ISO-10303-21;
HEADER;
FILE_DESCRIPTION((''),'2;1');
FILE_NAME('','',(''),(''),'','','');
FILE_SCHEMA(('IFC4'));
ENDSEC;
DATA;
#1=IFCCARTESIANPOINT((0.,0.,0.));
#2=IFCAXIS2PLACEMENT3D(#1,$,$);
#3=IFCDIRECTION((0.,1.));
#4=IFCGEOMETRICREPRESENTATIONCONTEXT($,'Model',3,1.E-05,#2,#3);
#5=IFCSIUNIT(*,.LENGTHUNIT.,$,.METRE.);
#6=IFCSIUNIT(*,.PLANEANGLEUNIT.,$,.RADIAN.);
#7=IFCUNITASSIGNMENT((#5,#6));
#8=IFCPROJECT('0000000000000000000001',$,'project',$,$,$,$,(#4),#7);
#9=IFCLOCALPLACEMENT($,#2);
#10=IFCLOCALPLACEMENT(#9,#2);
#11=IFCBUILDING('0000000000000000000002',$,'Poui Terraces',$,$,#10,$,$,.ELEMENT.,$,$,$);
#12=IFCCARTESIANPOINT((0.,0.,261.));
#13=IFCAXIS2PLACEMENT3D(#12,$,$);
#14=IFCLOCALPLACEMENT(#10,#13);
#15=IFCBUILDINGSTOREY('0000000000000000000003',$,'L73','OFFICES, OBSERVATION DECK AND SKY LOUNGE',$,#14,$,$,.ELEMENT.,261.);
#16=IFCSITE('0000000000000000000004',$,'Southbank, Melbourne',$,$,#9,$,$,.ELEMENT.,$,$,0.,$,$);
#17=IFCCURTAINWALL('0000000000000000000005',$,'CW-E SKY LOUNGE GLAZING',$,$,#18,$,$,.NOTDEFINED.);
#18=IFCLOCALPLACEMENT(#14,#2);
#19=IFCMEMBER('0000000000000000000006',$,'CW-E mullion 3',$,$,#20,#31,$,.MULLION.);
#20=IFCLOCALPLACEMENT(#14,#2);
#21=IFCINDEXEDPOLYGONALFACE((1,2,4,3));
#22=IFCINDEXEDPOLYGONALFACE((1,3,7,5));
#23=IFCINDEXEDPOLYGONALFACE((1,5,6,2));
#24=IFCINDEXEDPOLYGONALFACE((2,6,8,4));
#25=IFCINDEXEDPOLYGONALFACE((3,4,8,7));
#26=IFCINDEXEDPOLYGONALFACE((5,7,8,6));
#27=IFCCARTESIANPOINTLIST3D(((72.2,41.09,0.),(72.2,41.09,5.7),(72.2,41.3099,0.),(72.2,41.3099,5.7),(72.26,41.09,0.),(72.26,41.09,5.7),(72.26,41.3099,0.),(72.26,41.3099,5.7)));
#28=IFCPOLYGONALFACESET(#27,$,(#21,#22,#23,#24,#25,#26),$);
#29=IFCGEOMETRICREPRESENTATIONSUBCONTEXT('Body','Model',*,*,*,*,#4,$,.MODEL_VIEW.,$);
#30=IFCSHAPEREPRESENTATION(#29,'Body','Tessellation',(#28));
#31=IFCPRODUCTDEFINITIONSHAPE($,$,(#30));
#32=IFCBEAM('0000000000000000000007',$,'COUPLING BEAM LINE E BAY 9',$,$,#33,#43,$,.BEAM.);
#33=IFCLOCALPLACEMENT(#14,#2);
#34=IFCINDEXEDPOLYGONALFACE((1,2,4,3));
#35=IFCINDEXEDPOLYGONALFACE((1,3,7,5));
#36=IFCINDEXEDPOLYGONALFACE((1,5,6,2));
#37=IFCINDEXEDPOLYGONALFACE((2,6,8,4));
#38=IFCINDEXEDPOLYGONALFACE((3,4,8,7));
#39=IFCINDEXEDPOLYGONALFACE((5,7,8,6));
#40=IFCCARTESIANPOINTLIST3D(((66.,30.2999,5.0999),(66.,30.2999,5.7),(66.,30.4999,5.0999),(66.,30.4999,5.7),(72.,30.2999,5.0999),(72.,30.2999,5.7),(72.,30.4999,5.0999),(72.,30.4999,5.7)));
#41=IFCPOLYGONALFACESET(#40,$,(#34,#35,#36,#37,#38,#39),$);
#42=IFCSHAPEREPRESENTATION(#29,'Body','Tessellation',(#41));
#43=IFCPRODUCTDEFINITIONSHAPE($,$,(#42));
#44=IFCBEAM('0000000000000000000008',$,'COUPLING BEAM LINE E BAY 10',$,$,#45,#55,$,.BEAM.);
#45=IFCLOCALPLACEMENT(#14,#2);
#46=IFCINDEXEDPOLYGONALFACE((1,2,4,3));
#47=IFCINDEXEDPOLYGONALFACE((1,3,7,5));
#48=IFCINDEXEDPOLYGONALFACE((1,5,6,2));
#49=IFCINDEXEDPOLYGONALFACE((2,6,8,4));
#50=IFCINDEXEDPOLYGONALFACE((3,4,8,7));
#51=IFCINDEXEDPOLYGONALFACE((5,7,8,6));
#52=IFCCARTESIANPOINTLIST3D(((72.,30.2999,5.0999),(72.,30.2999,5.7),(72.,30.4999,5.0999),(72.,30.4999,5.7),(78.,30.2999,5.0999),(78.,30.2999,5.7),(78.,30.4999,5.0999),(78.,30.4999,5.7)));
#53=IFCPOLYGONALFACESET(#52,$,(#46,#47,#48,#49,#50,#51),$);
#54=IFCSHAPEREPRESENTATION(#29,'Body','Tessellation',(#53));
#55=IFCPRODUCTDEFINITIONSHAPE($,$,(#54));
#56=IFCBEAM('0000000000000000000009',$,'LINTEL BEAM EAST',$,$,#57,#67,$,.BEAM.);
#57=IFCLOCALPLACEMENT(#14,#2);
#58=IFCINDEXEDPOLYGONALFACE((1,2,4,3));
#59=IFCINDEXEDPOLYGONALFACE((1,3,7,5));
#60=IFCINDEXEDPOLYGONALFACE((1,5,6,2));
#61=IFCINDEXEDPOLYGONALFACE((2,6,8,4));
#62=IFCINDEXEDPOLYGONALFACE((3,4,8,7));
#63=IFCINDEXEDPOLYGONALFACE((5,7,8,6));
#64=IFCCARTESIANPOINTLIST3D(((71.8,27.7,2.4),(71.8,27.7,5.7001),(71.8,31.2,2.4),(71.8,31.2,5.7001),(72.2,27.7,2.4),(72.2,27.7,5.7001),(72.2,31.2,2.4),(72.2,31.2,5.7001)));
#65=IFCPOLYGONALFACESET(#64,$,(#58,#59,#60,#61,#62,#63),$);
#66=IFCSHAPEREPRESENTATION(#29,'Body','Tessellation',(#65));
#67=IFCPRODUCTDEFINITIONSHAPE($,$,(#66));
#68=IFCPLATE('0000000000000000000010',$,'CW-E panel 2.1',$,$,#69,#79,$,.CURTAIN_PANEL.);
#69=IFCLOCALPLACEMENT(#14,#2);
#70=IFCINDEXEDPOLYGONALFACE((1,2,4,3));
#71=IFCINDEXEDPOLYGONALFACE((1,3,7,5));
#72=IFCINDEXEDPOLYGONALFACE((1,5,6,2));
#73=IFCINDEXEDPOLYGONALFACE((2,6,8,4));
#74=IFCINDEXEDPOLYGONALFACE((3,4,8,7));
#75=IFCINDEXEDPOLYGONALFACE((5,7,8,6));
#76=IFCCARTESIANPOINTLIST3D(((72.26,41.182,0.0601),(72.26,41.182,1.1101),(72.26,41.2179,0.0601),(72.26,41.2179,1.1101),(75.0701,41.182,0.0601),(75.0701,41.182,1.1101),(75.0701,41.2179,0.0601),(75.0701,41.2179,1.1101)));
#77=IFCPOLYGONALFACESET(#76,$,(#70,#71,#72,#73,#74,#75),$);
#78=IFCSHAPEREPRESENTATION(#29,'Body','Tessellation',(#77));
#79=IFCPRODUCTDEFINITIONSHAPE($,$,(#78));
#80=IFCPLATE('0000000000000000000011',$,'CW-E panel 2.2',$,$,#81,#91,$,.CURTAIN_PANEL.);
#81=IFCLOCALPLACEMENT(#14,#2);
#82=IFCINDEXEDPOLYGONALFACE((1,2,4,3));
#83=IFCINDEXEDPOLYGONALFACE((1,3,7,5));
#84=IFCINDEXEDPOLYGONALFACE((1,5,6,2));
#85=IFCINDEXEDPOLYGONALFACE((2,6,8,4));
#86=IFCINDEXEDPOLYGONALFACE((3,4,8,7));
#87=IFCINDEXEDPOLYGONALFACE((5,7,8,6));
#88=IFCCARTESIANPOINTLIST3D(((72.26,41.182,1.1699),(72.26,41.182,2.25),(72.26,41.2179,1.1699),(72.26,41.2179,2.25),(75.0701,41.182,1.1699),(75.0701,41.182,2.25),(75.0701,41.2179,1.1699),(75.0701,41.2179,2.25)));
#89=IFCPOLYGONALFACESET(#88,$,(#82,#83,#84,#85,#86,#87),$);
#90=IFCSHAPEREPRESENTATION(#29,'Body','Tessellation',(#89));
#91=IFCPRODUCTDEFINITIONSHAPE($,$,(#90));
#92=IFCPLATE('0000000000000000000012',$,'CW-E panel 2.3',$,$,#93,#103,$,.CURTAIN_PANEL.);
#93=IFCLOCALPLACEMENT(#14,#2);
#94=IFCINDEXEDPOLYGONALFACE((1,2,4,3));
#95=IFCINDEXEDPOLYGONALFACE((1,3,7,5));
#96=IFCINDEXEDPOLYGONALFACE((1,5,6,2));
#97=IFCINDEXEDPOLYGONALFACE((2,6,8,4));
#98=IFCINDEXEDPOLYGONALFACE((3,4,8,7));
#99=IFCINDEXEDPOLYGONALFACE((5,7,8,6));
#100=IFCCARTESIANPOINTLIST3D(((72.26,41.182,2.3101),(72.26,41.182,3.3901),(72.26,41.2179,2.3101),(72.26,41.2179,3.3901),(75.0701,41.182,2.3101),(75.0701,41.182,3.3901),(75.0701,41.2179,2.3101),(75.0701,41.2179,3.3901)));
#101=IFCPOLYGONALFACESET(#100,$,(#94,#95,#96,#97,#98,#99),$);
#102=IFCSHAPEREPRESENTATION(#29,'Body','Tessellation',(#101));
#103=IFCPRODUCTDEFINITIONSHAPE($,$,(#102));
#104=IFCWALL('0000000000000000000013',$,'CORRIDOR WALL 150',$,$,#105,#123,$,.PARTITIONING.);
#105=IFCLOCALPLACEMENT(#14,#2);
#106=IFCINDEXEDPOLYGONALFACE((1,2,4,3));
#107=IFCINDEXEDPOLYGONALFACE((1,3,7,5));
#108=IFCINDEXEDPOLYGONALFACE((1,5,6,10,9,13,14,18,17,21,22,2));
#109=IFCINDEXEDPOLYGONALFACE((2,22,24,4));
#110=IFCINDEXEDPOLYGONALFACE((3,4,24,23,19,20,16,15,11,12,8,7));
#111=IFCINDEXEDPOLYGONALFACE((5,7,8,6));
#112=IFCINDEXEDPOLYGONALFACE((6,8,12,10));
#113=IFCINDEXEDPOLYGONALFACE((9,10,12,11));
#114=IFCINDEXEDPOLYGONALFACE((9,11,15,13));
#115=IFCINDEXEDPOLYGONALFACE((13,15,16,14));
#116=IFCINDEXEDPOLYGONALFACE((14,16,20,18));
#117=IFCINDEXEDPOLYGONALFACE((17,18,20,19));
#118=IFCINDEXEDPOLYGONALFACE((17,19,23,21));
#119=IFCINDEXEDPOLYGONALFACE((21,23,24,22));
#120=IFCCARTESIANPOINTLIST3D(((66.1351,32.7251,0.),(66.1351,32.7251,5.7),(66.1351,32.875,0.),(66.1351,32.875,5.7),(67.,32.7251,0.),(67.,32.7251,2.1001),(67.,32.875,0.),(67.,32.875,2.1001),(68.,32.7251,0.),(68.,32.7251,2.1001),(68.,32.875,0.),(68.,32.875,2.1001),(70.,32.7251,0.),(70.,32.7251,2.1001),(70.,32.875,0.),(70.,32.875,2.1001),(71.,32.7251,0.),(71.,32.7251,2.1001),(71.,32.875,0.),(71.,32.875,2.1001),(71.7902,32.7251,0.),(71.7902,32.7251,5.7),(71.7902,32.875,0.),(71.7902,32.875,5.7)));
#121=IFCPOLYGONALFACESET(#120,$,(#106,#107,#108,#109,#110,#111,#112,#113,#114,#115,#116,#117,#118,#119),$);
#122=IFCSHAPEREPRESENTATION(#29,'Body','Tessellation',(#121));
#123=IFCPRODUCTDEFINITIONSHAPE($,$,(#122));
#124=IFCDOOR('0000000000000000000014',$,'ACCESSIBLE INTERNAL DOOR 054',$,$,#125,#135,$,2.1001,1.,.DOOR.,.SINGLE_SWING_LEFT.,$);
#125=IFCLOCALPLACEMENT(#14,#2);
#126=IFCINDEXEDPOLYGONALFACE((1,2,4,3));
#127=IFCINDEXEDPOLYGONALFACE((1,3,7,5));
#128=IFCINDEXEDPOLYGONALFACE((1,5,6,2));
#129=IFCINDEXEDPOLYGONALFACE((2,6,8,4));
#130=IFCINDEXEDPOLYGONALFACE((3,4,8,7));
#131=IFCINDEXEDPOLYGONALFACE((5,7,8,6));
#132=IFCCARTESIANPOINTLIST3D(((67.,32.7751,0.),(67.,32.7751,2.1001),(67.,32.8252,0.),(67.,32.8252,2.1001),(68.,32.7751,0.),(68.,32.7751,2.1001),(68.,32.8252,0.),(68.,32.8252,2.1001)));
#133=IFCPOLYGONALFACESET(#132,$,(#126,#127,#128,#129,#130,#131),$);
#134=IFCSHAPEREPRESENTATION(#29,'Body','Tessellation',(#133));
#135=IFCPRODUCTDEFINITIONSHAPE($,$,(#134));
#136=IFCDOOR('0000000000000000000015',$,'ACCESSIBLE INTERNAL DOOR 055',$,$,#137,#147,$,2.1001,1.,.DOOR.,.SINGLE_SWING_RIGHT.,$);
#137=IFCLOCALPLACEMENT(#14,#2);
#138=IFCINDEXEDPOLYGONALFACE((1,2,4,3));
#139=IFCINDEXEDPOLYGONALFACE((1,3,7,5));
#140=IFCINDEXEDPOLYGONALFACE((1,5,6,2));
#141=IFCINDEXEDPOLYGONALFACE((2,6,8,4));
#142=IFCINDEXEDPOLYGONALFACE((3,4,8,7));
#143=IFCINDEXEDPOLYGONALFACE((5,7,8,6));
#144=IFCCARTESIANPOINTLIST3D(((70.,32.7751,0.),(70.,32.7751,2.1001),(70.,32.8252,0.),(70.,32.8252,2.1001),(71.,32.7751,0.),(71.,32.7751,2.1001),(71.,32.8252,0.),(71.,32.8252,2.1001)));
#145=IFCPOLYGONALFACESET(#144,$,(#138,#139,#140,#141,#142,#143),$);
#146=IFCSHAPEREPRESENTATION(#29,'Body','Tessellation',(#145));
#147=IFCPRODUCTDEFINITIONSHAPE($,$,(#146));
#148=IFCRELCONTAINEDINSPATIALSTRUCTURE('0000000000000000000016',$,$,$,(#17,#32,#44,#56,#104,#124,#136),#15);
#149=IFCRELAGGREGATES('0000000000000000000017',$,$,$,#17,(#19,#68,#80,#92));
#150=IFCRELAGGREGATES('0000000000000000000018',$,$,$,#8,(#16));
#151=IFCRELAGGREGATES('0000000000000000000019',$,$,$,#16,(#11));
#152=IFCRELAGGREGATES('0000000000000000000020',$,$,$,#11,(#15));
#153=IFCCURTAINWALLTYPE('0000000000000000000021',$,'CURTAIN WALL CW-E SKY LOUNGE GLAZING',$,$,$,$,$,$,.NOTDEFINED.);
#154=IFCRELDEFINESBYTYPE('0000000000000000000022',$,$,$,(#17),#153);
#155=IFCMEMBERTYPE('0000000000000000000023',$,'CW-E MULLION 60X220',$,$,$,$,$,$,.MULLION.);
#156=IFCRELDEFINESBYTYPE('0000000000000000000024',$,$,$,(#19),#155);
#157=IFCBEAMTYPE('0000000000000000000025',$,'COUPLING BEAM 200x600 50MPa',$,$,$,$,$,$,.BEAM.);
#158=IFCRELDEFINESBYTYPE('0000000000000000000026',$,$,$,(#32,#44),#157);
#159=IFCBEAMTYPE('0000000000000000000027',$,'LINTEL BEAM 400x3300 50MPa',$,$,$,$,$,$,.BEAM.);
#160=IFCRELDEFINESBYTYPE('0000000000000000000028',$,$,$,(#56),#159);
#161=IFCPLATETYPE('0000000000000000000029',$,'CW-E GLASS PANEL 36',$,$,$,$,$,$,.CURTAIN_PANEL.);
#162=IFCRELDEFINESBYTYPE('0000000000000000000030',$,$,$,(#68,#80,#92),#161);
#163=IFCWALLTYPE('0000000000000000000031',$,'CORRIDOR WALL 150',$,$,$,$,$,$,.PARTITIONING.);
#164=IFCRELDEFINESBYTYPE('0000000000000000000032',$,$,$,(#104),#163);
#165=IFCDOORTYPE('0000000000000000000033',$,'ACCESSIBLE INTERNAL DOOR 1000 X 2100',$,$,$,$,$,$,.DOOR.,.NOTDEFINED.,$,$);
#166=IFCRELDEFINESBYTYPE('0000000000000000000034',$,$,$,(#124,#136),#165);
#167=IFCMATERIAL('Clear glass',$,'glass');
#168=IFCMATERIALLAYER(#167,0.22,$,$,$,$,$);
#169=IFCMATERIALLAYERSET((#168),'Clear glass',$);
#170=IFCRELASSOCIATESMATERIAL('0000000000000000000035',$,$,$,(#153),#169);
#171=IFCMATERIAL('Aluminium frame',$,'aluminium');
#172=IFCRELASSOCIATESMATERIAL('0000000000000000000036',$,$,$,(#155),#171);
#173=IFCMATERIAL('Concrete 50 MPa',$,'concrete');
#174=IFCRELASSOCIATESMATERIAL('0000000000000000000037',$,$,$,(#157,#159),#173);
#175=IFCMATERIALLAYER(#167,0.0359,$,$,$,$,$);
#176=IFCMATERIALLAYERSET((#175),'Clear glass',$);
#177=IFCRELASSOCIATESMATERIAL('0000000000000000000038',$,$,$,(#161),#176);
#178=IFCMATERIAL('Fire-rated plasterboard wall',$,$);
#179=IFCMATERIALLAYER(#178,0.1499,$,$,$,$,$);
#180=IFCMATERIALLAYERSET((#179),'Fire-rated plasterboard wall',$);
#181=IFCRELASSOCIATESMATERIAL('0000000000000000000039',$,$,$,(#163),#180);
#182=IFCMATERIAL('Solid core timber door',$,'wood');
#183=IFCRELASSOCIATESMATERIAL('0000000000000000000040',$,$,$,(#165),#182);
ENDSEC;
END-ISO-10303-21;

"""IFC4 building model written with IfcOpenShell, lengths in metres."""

from ifc_helpers import new_model, si_unit, direction, frame, frame_2d, origin, origin_2d, place, context, subcontext, project, spatial, rectangle, extrude, source, transform, mapped, material, layer, layer_set, material_profile, profile_set, type_object, element, fill, aggregate, save


model = new_model("IFC4")

# Units and contexts
model_context = context("Model", 3, precision=1e-05, world=origin(), true_north=direction((0.0, 1.0)))
body_context = subcontext(model_context, "Body", "Model", "MODEL_VIEW")
ifc_project = project(units=[si_unit("LENGTHUNIT", "METRE"), si_unit("PLANEANGLEUNIT", "RADIAN")], contexts=[model_context])

# Site, building, storey
site_placement = place(None, origin())
site = spatial("IfcSite", under=ifc_project, at=site_placement, Name="Southbank, Melbourne", CompositionType="ELEMENT", RefElevation=0.0)
building_placement = place(site_placement, origin())
building = spatial("IfcBuilding", under=site, at=building_placement, Name="Poui Terraces", CompositionType="ELEMENT")
storey_placement = place(building_placement, frame((0.0, 0.0, 261.0)))
storey = spatial("IfcBuildingStorey", under=building, at=storey_placement, Name="L73", Description="OFFICES, OBSERVATION DECK AND SKY LOUNGE", CompositionType="ELEMENT", Elevation=261.0)

# Curtain wall, member
ifc_material_1 = material(Name="Clear glass", Category="glass")
ifc_layer_1 = layer(ifc_material_1, 0.22)
ifc_layer_set_1 = layer_set([ifc_layer_1], Name="Clear glass")
curtain_wall_type = type_object("IfcCurtainWallType", Name="CURTAIN WALL CW-E SKY LOUNGE GLAZING", PredefinedType="NOTDEFINED", material=ifc_layer_set_1)
curtain_wall_placement = place(storey_placement, origin())
curtain_wall = element("IfcCurtainWall", 1, at=curtain_wall_placement, inside=storey, type_object=curtain_wall_type, Name="CW-E SKY LOUNGE GLAZING", PredefinedType="NOTDEFINED")
ifc_material_2 = material(Name="Aluminium frame", Category="aluminium")
ifc_material_profile_1 = material_profile(ifc_material_2, rectangle(XDim=0.22, YDim=0.0601, at=origin_2d()), Name="CW-E MULLION 60X220")
ifc_profile_set_1 = profile_set([ifc_material_profile_1], Name="Aluminium frame")
member_type = type_object("IfcMemberType", Name="CW-E MULLION 60X220", PredefinedType="MULLION", material=ifc_profile_set_1)
member_placement = place(storey_placement, frame((72.23, 41.2, 0.0), z_axis=(0.0, 0.0, 1.0), x_axis=(0.0, -1.0, 0.0)))
member = element("IfcMember", 2, at=member_placement, type_object=member_type, Name="CW-E mullion 3", PredefinedType="MULLION", context=body_context, shape_type="SweptSolid", body=[
    extrude(rectangle(XDim=0.22, YDim=0.0601, at=origin_2d()), origin(), (0.0, 0.0, 1.0), 5.7),
])

# Beams
ifc_material_3 = material(Name="Concrete 50 MPa", Category="concrete")
ifc_material_profile_2 = material_profile(ifc_material_3, rectangle(XDim=0.2, YDim=0.6001, at=origin_2d()), Name="RC 200x600")
ifc_profile_set_2 = profile_set([ifc_material_profile_2], Name="Concrete 50 MPa")
beam_type_1 = type_object("IfcBeamType", Name="COUPLING BEAM 200x600 50MPa", PredefinedType="BEAM", material=ifc_profile_set_2)
shared_shape_1 = source(origin(), body_context, "Body", "SweptSolid", [
    extrude(rectangle(XDim=0.2, YDim=0.6001, at=origin_2d()), origin(), (0.0, 0.0, 1.0), 6.0),
])
for number, where, z_axis, x_axis, name in (
    (3, (66.0, 30.3999, 5.3999), (1.0, 0.0, 0.0), (0.0, 1.0, 0.0), "COUPLING BEAM LINE E BAY 9"),
    (4, (72.0, 30.3999, 5.3999), (1.0, 0.0, 0.0), (0.0, 1.0, 0.0), "COUPLING BEAM LINE E BAY 10"),
):
    element("IfcBeam", number, at=place(storey_placement, frame(where, z_axis=z_axis, x_axis=x_axis)), inside=storey, type_object=beam_type_1, Name=name, PredefinedType="BEAM", context=body_context, shape_type="MappedRepresentation", body=[
        mapped(shared_shape_1, transform((0.0, 0.0, 0.0))),
    ])
ifc_material_profile_3 = material_profile(ifc_material_3, rectangle(XDim=0.3999, YDim=3.3, at=origin_2d()), Name="RC 400x3300")
ifc_profile_set_3 = profile_set([ifc_material_profile_3], Name="Concrete 50 MPa")
beam_type_2 = type_object("IfcBeamType", Name="LINTEL BEAM 400x3300 50MPa", PredefinedType="BEAM", material=ifc_profile_set_3)
shared_shape_2 = source(origin(), body_context, "Body", "SweptSolid", [
    extrude(rectangle(XDim=0.3999, YDim=3.3, at=origin_2d()), origin(), (0.0, 0.0, 1.0), 3.5),
])
beam_placement = place(storey_placement, frame((72.0, 27.7, 4.05), z_axis=(0.0, 1.0, 0.0), x_axis=(-1.0, 0.0, 0.0)))
element("IfcBeam", 5, at=beam_placement, inside=storey, type_object=beam_type_2, Name="LINTEL BEAM EAST", PredefinedType="BEAM", context=body_context, shape_type="MappedRepresentation", body=[
    mapped(shared_shape_2, transform((0.0, 0.0, 0.0))),
])

# Plates
ifc_layer_2 = layer(ifc_material_1, 0.0359)
ifc_layer_set_2 = layer_set([ifc_layer_2], Name="Clear glass")
plate_type = type_object("IfcPlateType", Name="CW-E GLASS PANEL 36", PredefinedType="CURTAIN_PANEL", material=ifc_layer_set_2)
plate_1_placement = place(storey_placement, frame((73.665, 41.2, 0.0601), z_axis=(0.0, 0.0, 1.0), x_axis=(-1.0, 0.0, 0.0)))
plate_1 = element("IfcPlate", 6, at=plate_1_placement, type_object=plate_type, Name="CW-E panel 2.1", PredefinedType="CURTAIN_PANEL", context=body_context, shape_type="SweptSolid", body=[
    extrude(rectangle(XDim=2.8101, YDim=0.0359, at=origin_2d()), origin(), (0.0, 0.0, 1.0), 1.05),
])
plate_2_placement = place(storey_placement, frame((73.665, 41.2, 1.1699), z_axis=(0.0, 0.0, 1.0), x_axis=(-1.0, 0.0, 0.0)))
plate_2 = element("IfcPlate", 7, at=plate_2_placement, type_object=plate_type, Name="CW-E panel 2.2", PredefinedType="CURTAIN_PANEL", context=body_context, shape_type="SweptSolid", body=[
    extrude(rectangle(XDim=2.8101, YDim=0.0359, at=origin_2d()), origin(), (0.0, 0.0, 1.0), 1.0801),
])
plate_3_placement = place(storey_placement, frame((73.665, 41.2, 2.3101), z_axis=(0.0, 0.0, 1.0), x_axis=(-1.0, 0.0, 0.0)))
plate_3 = element("IfcPlate", 8, at=plate_3_placement, type_object=plate_type, Name="CW-E panel 2.3", PredefinedType="CURTAIN_PANEL", context=body_context, shape_type="SweptSolid", body=[
    extrude(rectangle(XDim=2.8101, YDim=0.0359, at=origin_2d()), origin(), (0.0, 0.0, 1.0), 1.0801),
])
aggregate(curtain_wall, [member, plate_1, plate_2, plate_3])

# Wall, openings, doors
ifc_material_4 = material(Name="Fire-rated plasterboard wall")
ifc_layer_3 = layer(ifc_material_4, 0.1499)
ifc_layer_set_3 = layer_set([ifc_layer_3], Name="Fire-rated plasterboard wall")
wall_type_1 = type_object("IfcWallType", Name="CORRIDOR WALL 150", PredefinedType="PARTITIONING", material=ifc_layer_set_3)
wall_1_placement = place(storey_placement, frame((66.135, 32.8, 0.0), z_axis=(0.0, 0.0, 1.0), x_axis=(1.0, 0.0, 0.0)))
wall_1 = element("IfcWall", 9, at=wall_1_placement, inside=storey, type_object=wall_type_1, Name="CORRIDOR WALL 150", PredefinedType="PARTITIONING", context=body_context, shape_type="SweptSolid", body=[
    extrude(rectangle(XDim=5.655, YDim=0.1499, at=frame_2d((2.8276, 0.0))), origin(), (0.0, 0.0, 1.0), 5.7),
])
opening_1_placement = place(wall_1_placement, frame((0.865, 0.0, 0.0)))
opening_1 = element("IfcOpeningElement", 10, at=opening_1_placement, cuts=wall_1, PredefinedType="OPENING", context=body_context, shape_type="SweptSolid", body=[
    extrude(rectangle(XDim=1.0, YDim=2.1001, at=frame_2d((0.5, 1.05))), frame((0.0, 0.085, 0.0), z_axis=(0.0, -1.0, 0.0), x_axis=(1.0, 0.0, 0.0)), (0.0, 0.0, 1.0), 0.1699),
])
opening_2_placement = place(wall_1_placement, frame((3.865, 0.0, 0.0)))
opening_2 = element("IfcOpeningElement", 11, at=opening_2_placement, cuts=wall_1, PredefinedType="OPENING", context=body_context, shape_type="SweptSolid", body=[
    extrude(rectangle(XDim=1.0, YDim=2.1001, at=frame_2d((0.5, 1.05))), frame((0.0, 0.085, 0.0), z_axis=(0.0, -1.0, 0.0), x_axis=(1.0, 0.0, 0.0)), (0.0, 0.0, 1.0), 0.1699),
])
ifc_material_5 = material(Name="Solid core timber door", Category="wood")
door_type_1 = type_object("IfcDoorType", Name="ACCESSIBLE INTERNAL DOOR 1000 X 2100", OperationType="NOTDEFINED", PredefinedType="DOOR", material=ifc_material_5)
door_1_placement = place(opening_1_placement, frame((1.0, 0.0, 0.0), z_axis=(0.0, 0.0, 1.0), x_axis=(-1.0, 0.0, 0.0)))
door_1 = element("IfcDoor", 12, at=door_1_placement, inside=storey, type_object=door_type_1, Name="ACCESSIBLE INTERNAL DOOR 054", OperationType="SINGLE_SWING_LEFT", OverallHeight=2.1001, OverallWidth=1.0, PredefinedType="DOOR", context=body_context, shape_type="SweptSolid", body=[
    extrude(rectangle(XDim=1.0, YDim=2.1001, at=frame_2d((0.5, 1.05))), frame((0.0, 0.0249, 0.0), z_axis=(0.0, -1.0, 0.0), x_axis=(1.0, 0.0, 0.0)), (0.0, 0.0, 1.0), 0.05),
])
fill(opening_1, door_1)
door_2_placement = place(opening_2_placement, frame((1.0, 0.0, 0.0), z_axis=(0.0, 0.0, 1.0), x_axis=(-1.0, 0.0, 0.0)))
door_2 = element("IfcDoor", 13, at=door_2_placement, inside=storey, type_object=door_type_1, Name="ACCESSIBLE INTERNAL DOOR 055", OperationType="SINGLE_SWING_RIGHT", OverallHeight=2.1001, OverallWidth=1.0, PredefinedType="DOOR", context=body_context, shape_type="SweptSolid", body=[
    extrude(rectangle(XDim=1.0, YDim=2.1001, at=frame_2d((0.5, 1.05))), frame((0.0, 0.0249, 0.0), z_axis=(0.0, -1.0, 0.0), x_axis=(1.0, 0.0, 0.0)), (0.0, 0.0, 1.0), 0.05),
])
fill(opening_2, door_2)

save(model, "model.ifc")
